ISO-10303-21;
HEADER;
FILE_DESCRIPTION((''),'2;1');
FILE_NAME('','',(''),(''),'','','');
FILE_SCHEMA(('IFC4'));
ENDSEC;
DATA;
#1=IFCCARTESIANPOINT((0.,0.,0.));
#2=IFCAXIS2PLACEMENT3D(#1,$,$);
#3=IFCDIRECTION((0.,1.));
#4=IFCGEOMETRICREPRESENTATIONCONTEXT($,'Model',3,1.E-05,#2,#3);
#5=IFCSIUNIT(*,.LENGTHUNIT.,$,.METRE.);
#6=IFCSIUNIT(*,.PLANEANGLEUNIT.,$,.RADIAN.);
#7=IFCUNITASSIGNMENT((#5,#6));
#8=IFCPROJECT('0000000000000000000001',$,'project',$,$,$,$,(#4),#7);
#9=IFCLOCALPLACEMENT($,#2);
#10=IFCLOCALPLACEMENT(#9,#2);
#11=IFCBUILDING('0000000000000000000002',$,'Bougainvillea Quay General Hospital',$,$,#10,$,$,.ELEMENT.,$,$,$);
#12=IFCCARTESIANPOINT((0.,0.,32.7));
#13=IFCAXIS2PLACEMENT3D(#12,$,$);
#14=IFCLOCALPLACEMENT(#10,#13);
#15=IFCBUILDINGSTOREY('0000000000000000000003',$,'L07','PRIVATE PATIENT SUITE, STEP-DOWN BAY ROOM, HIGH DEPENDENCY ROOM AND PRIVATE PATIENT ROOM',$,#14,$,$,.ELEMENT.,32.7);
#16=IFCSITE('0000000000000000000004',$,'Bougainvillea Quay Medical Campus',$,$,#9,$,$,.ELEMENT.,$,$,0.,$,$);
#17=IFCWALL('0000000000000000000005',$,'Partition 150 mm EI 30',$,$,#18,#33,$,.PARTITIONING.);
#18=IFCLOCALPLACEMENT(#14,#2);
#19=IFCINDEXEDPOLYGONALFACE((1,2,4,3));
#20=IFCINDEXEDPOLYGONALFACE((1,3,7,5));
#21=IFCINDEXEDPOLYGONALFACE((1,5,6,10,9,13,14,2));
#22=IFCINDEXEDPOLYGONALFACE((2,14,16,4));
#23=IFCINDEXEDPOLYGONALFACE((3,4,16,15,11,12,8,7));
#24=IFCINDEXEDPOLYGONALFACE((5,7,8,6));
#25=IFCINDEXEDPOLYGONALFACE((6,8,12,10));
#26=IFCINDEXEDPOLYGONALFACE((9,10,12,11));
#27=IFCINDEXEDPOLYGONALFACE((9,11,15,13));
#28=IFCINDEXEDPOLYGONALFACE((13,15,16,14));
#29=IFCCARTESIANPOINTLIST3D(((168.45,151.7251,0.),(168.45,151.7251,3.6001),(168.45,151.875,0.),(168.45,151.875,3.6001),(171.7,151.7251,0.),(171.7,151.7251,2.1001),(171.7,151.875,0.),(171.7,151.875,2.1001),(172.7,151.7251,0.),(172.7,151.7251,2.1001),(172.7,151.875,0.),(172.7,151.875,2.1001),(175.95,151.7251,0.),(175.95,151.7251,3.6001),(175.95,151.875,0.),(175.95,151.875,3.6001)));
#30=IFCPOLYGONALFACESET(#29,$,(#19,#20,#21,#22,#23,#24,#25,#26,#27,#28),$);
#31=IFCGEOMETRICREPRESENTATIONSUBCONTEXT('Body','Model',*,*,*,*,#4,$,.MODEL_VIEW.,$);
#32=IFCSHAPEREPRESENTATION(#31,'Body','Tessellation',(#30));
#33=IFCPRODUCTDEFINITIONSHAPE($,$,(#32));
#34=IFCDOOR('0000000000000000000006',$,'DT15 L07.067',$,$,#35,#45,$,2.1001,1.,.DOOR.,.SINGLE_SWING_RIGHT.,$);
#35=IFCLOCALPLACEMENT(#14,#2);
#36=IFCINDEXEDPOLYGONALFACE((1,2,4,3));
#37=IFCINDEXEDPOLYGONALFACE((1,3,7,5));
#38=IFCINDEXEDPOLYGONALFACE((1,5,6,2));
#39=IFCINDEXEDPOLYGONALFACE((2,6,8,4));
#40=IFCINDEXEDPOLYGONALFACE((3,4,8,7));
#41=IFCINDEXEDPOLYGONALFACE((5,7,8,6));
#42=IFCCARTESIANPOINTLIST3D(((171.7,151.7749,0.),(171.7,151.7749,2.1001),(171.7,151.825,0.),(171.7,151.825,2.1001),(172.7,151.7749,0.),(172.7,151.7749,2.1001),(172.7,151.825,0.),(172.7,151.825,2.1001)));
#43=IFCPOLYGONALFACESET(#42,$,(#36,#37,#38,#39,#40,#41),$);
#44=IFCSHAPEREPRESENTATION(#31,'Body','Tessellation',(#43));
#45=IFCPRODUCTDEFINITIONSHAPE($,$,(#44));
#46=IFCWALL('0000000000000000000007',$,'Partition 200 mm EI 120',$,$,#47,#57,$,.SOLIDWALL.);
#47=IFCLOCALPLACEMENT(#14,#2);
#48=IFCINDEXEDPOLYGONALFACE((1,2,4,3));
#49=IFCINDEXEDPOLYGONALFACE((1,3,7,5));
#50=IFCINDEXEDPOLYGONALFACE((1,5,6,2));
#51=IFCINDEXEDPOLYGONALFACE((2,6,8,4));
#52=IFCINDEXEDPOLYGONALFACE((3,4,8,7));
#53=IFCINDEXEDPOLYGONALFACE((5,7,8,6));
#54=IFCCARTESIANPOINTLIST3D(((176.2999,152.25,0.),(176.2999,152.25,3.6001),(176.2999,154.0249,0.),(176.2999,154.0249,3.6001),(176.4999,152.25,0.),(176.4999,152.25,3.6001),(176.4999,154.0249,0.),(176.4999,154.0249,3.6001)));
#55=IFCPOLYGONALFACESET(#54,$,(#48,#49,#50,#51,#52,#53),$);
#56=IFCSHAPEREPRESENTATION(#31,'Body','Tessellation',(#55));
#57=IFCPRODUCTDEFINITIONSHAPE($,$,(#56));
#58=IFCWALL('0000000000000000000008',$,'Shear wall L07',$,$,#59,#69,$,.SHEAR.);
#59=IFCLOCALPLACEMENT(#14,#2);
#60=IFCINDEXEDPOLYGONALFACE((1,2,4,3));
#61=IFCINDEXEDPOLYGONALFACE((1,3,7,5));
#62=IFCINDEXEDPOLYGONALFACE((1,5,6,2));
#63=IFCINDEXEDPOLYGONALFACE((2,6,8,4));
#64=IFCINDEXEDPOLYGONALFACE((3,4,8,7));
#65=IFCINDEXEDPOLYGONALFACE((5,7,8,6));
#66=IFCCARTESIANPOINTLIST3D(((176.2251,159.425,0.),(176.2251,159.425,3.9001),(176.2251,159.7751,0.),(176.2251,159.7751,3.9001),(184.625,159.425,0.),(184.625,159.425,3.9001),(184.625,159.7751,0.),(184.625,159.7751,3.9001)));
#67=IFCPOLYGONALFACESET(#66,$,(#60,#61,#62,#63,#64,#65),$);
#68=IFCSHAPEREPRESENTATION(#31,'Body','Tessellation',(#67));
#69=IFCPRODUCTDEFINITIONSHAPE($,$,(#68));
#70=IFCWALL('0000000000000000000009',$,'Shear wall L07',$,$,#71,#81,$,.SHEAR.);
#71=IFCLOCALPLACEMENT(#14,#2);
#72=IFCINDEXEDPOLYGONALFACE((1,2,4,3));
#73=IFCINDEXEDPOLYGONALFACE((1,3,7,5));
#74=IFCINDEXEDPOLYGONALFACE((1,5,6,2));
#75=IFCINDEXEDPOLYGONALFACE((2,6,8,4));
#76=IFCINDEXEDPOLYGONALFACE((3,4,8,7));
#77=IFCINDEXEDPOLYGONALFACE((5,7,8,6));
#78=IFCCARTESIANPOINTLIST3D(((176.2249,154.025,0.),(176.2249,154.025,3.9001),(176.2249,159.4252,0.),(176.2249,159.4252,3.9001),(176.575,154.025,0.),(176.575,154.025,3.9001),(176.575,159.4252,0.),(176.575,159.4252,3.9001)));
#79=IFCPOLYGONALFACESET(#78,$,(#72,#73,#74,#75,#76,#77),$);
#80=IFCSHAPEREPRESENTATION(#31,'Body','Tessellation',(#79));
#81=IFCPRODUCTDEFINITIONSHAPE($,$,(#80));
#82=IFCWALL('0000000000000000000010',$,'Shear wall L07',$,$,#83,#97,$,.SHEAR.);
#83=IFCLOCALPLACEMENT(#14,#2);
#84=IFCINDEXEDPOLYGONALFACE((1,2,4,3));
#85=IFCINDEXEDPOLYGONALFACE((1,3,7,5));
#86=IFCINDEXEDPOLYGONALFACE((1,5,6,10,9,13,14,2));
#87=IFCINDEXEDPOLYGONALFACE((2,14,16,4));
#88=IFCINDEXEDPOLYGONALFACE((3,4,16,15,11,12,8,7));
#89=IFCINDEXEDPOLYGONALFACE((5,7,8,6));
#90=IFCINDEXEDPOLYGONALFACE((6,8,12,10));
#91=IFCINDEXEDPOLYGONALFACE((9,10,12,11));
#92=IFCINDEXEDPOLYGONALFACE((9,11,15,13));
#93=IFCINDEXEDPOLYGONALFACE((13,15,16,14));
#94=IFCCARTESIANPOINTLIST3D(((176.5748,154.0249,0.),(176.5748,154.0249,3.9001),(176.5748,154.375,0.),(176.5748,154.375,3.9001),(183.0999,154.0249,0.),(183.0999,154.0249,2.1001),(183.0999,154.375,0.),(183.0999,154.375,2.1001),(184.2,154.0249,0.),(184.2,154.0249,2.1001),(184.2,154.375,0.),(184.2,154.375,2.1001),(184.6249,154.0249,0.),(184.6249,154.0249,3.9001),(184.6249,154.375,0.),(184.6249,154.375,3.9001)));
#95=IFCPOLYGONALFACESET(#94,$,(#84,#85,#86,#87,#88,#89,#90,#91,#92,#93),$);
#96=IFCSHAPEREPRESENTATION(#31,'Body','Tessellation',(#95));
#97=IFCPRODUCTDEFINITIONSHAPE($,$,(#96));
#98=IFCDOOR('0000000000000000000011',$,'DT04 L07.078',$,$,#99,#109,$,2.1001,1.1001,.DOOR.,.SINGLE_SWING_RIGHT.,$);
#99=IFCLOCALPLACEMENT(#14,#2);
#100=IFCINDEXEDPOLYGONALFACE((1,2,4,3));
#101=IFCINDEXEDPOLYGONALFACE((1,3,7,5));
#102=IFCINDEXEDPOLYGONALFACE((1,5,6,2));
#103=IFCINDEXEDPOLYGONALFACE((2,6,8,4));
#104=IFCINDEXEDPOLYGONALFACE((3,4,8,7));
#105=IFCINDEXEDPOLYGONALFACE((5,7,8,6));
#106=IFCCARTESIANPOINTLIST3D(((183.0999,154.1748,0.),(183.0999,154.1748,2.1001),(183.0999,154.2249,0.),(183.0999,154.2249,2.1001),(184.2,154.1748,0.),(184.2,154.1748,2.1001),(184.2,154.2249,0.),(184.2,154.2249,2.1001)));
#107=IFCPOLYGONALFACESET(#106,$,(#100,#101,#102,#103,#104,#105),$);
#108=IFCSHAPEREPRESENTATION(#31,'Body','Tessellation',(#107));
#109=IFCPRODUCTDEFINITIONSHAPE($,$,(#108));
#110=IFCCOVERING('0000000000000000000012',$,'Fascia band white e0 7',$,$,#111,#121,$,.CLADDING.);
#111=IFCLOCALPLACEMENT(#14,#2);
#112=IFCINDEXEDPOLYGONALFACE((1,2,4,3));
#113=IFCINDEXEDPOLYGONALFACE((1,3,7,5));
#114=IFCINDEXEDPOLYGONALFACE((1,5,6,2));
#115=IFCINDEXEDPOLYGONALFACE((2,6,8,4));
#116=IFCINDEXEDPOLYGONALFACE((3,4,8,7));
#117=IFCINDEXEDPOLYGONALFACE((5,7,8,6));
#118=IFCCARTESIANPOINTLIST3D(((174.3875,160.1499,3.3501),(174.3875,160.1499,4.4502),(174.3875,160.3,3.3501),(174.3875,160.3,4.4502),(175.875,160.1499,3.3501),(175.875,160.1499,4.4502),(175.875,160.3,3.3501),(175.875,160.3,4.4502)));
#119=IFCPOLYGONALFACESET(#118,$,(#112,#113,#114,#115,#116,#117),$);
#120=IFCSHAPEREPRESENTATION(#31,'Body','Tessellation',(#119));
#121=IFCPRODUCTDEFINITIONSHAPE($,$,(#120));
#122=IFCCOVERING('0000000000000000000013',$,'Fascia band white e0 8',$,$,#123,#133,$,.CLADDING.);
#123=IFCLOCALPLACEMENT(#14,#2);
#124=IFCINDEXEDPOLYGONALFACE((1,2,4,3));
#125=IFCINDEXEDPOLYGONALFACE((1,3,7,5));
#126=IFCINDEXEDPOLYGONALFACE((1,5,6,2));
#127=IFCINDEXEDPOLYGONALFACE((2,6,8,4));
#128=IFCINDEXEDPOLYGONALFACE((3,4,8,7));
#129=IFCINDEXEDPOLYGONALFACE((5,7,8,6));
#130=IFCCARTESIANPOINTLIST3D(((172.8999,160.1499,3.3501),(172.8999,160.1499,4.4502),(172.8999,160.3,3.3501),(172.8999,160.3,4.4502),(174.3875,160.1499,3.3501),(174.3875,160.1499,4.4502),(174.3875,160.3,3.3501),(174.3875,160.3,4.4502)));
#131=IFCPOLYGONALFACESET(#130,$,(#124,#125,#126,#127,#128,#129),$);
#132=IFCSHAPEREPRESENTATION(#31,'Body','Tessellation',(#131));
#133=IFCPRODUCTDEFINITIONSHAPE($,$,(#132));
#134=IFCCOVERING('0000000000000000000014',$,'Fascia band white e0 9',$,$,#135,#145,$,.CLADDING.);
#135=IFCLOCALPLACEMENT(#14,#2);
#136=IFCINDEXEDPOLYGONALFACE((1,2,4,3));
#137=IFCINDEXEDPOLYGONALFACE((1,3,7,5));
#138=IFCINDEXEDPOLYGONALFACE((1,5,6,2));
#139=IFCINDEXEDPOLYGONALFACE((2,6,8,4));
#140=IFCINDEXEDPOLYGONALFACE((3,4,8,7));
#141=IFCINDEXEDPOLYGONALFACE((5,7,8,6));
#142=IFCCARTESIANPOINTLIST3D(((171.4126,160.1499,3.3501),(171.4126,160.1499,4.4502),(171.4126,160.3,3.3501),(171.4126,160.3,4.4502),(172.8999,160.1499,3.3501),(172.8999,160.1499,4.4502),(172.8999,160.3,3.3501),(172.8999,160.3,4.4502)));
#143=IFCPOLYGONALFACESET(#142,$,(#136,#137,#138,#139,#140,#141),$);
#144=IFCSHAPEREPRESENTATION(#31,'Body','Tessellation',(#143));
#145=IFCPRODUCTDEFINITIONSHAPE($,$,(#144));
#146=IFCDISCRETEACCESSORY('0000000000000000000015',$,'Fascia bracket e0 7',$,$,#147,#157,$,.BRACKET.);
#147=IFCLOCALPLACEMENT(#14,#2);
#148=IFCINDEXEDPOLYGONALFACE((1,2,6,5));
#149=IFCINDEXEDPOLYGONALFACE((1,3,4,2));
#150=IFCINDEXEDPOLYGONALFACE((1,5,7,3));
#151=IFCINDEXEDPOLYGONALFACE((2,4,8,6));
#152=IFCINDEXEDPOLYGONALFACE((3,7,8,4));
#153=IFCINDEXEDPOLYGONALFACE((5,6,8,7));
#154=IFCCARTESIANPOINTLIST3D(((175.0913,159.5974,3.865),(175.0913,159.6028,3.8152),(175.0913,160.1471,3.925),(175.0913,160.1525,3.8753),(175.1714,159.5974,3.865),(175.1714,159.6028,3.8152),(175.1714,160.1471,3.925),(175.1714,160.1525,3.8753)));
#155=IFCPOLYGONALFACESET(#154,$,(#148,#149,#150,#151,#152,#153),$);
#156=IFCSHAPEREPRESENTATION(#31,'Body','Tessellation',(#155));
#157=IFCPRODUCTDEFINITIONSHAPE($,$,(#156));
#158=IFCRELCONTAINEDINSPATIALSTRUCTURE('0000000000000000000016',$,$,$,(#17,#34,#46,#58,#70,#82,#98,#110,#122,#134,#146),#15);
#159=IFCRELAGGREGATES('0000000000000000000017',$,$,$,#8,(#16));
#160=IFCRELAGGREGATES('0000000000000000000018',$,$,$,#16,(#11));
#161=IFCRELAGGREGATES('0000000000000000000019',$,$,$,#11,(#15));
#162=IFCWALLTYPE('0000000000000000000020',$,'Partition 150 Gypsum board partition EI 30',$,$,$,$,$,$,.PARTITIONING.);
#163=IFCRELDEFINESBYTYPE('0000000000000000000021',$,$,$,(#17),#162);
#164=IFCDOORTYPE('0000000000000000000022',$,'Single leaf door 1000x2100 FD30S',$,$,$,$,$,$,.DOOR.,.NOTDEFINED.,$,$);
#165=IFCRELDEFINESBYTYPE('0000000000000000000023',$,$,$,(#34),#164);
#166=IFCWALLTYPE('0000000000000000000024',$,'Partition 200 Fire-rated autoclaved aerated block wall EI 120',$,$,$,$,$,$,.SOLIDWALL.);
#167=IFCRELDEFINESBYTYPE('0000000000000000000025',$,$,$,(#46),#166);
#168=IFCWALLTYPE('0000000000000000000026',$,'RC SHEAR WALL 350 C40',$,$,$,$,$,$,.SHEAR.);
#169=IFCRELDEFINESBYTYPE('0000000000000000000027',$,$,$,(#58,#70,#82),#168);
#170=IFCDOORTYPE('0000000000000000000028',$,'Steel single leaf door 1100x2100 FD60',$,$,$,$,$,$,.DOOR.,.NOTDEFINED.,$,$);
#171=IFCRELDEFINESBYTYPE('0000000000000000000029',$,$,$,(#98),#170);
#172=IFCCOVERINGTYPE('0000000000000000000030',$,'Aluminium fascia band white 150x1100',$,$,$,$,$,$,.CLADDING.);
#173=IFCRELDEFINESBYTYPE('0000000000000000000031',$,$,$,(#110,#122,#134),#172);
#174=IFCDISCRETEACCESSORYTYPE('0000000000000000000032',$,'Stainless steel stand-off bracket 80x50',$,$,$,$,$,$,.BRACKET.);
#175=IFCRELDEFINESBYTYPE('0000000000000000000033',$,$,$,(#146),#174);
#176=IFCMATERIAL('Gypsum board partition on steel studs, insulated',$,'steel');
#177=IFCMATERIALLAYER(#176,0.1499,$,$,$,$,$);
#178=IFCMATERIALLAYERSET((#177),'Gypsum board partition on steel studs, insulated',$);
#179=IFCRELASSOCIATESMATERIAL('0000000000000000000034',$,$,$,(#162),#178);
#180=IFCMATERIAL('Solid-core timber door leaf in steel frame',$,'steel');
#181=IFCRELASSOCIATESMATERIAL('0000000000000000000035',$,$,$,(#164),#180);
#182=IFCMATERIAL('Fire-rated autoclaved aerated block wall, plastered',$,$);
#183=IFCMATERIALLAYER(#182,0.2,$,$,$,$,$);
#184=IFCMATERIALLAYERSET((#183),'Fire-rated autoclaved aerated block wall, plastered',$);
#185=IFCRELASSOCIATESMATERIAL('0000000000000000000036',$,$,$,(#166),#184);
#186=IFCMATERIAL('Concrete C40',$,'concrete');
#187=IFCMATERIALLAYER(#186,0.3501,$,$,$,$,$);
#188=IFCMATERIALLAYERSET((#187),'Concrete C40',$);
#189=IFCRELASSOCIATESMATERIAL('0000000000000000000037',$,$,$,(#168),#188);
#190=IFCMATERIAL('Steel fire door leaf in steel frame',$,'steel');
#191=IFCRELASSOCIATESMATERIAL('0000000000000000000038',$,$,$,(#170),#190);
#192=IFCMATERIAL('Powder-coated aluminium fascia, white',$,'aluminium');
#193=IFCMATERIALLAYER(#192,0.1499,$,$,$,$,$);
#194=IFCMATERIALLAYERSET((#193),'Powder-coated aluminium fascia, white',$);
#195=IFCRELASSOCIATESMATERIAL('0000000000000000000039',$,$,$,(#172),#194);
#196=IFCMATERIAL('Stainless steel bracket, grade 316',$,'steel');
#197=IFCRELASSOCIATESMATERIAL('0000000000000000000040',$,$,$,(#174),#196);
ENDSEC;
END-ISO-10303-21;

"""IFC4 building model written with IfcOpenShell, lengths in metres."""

from ifc_helpers import new_model, si_unit, direction, frame, frame_2d, origin, origin_2d, place, context, subcontext, project, spatial, polyline, rectangle, outline, extrude, material, layer, layer_set, material_profile, profile_set, type_object, element, fill, save


model = new_model("IFC4")

# Units and contexts
model_context = context("Model", 3, precision=1e-05, world=origin(), true_north=direction((0.0, 1.0)))
body_context = subcontext(model_context, "Body", "Model", "MODEL_VIEW")
ifc_project = project(units=[si_unit("LENGTHUNIT", "METRE"), si_unit("PLANEANGLEUNIT", "RADIAN")], contexts=[model_context])

# Site, building, storey
site_placement = place(None, origin())
site = spatial("IfcSite", under=ifc_project, at=site_placement, Name="Bougainvillea Quay Medical Campus", CompositionType="ELEMENT", RefElevation=0.0)
building_placement = place(site_placement, origin())
building = spatial("IfcBuilding", under=site, at=building_placement, Name="Bougainvillea Quay General Hospital", CompositionType="ELEMENT")
storey_placement = place(building_placement, frame((0.0, 0.0, 32.7)))
storey = spatial("IfcBuildingStorey", under=building, at=storey_placement, Name="L07", Description="PRIVATE PATIENT SUITE, STEP-DOWN BAY ROOM, HIGH DEPENDENCY ROOM AND PRIVATE PATIENT ROOM", CompositionType="ELEMENT", Elevation=32.7)

# Shared definitions
ifc_material_1 = material(Name="Concrete C40", Category="concrete")

# Wall, opening, door
ifc_material_2 = material(Name="Gypsum board partition on steel studs, insulated", Category="steel")
ifc_layer_1 = layer(ifc_material_2, 0.1499)
ifc_layer_set_1 = layer_set([ifc_layer_1], Name="Gypsum board partition on steel studs, insulated")
wall_type_1 = type_object("IfcWallType", Name="Partition 150 Gypsum board partition EI 30", PredefinedType="PARTITIONING", material=ifc_layer_set_1)
wall_1_placement = place(storey_placement, frame((175.95, 151.8, 0.0), z_axis=(0.0, 0.0, 1.0), x_axis=(-1.0, 0.0, 0.0)))
wall_1 = element("IfcWall", 1, at=wall_1_placement, inside=storey, type_object=wall_type_1, Name="Partition 150 mm EI 30", PredefinedType="PARTITIONING", context=body_context, shape_type="SweptSolid", body=[
    extrude(rectangle(XDim=7.5, YDim=0.1499, at=frame_2d((3.75, 0.0))), origin(), (0.0, 0.0, 1.0), 3.6001),
])
opening_1_placement = place(wall_1_placement, frame((3.25, 0.0, 0.0)))
opening_1 = element("IfcOpeningElement", 2, at=opening_1_placement, cuts=wall_1, PredefinedType="OPENING", context=body_context, shape_type="SweptSolid", body=[
    extrude(rectangle(XDim=1.0, YDim=2.1001, at=frame_2d((0.5, 1.05))), frame((0.0, 0.085, 0.0), z_axis=(0.0, -1.0, 0.0), x_axis=(1.0, 0.0, 0.0)), (0.0, 0.0, 1.0), 0.1699),
])
ifc_material_3 = material(Name="Solid-core timber door leaf in steel frame", Category="steel")
door_type_1 = type_object("IfcDoorType", Name="Single leaf door 1000x2100 FD30S", OperationType="NOTDEFINED", PredefinedType="DOOR", material=ifc_material_3)
door_1_placement = place(opening_1_placement, frame((1.0, 0.0, 0.0), z_axis=(0.0, 0.0, 1.0), x_axis=(-1.0, 0.0, 0.0)))
door_1 = element("IfcDoor", 3, at=door_1_placement, inside=storey, type_object=door_type_1, Name="DT15 L07.067", OperationType="SINGLE_SWING_RIGHT", OverallHeight=2.1001, OverallWidth=1.0, PredefinedType="DOOR", context=body_context, shape_type="SweptSolid", body=[
    extrude(rectangle(XDim=1.0, YDim=2.1001, at=frame_2d((0.5, 1.05))), frame((0.0, 0.0249, 0.0), z_axis=(0.0, -1.0, 0.0), x_axis=(1.0, 0.0, 0.0)), (0.0, 0.0, 1.0), 0.05),
])
fill(opening_1, door_1)

# Walls
ifc_material_4 = material(Name="Fire-rated autoclaved aerated block wall, plastered")
ifc_layer_2 = layer(ifc_material_4, 0.2)
ifc_layer_set_2 = layer_set([ifc_layer_2], Name="Fire-rated autoclaved aerated block wall, plastered")
wall_type_2 = type_object("IfcWallType", Name="Partition 200 Fire-rated autoclaved aerated block wall EI 120", PredefinedType="SOLIDWALL", material=ifc_layer_set_2)
wall_2_placement = place(storey_placement, frame((176.3999, 152.25, 0.0), z_axis=(0.0, 0.0, 1.0), x_axis=(0.0, 1.0, 0.0)))
element("IfcWall", 4, at=wall_2_placement, inside=storey, type_object=wall_type_2, Name="Partition 200 mm EI 120", PredefinedType="SOLIDWALL", context=body_context, shape_type="SweptSolid", body=[
    extrude(rectangle(XDim=1.7749, YDim=0.2, at=frame_2d((0.8875, 0.0))), origin(), (0.0, 0.0, 1.0), 3.6001),
])
ifc_layer_3 = layer(ifc_material_1, 0.3501)
ifc_layer_set_3 = layer_set([ifc_layer_3], Name="Concrete C40")
wall_type_3 = type_object("IfcWallType", Name="RC SHEAR WALL 350 C40", PredefinedType="SHEAR", material=ifc_layer_set_3)
wall_3_placement = place(storey_placement, frame((176.2251, 159.6001, 0.0), z_axis=(0.0, 0.0, 1.0), x_axis=(1.0, 0.0, 0.0)))
element("IfcWall", 5, at=wall_3_placement, inside=storey, type_object=wall_type_3, Name="Shear wall L07", PredefinedType="SHEAR", context=body_context, shape_type="SweptSolid", body=[
    extrude(rectangle(XDim=8.3999, YDim=0.3501, at=frame_2d((4.2, 0.0))), origin(), (0.0, 0.0, 1.0), 3.9001),
])
wall_4_placement = place(storey_placement, frame((176.3999, 154.0249, 0.0), z_axis=(0.0, 0.0, 1.0), x_axis=(0.0, 1.0, 0.0)))
element("IfcWall", 6, at=wall_4_placement, inside=storey, type_object=wall_type_3, Name="Shear wall L07", PredefinedType="SHEAR", context=body_context, shape_type="SweptSolid", body=[
    extrude(rectangle(XDim=5.4001, YDim=0.3501, at=frame_2d((2.7002, 0.0))), origin(), (0.0, 0.0, 1.0), 3.9001),
])

# Wall, opening, door
wall_5_placement = place(storey_placement, frame((176.575, 154.2, 0.0), z_axis=(0.0, 0.0, 1.0), x_axis=(1.0, 0.0, 0.0)))
wall_5 = element("IfcWall", 7, at=wall_5_placement, inside=storey, type_object=wall_type_3, Name="Shear wall L07", PredefinedType="SHEAR", context=body_context, shape_type="SweptSolid", body=[
    extrude(rectangle(XDim=8.05, YDim=0.3501, at=frame_2d((4.0249, 0.0))), origin(), (0.0, 0.0, 1.0), 3.9001),
])
opening_2_placement = place(wall_5_placement, frame((6.5249, 0.0, 0.0)))
opening_2 = element("IfcOpeningElement", 8, at=opening_2_placement, cuts=wall_5, PredefinedType="OPENING", context=body_context, shape_type="SweptSolid", body=[
    extrude(rectangle(XDim=1.1001, YDim=2.1001, at=frame_2d((0.55, 1.05))), frame((0.0, 0.1851, 0.0), z_axis=(0.0, -1.0, 0.0), x_axis=(1.0, 0.0, 0.0)), (0.0, 0.0, 1.0), 0.3701),
])
ifc_material_5 = material(Name="Steel fire door leaf in steel frame", Category="steel")
door_type_2 = type_object("IfcDoorType", Name="Steel single leaf door 1100x2100 FD60", OperationType="NOTDEFINED", PredefinedType="DOOR", material=ifc_material_5)
door_2_placement = place(opening_2_placement, origin())
door_2 = element("IfcDoor", 9, at=door_2_placement, inside=storey, type_object=door_type_2, Name="DT04 L07.078", OperationType="SINGLE_SWING_RIGHT", OverallHeight=2.1001, OverallWidth=1.1001, PredefinedType="DOOR", context=body_context, shape_type="SweptSolid", body=[
    extrude(rectangle(XDim=1.1001, YDim=2.1001, at=frame_2d((0.55, 1.05))), frame((0.0, 0.0249, 0.0), z_axis=(0.0, -1.0, 0.0), x_axis=(1.0, 0.0, 0.0)), (0.0, 0.0, 1.0), 0.05),
])
fill(opening_2, door_2)

# Coverings
ifc_material_6 = material(Name="Powder-coated aluminium fascia, white", Category="aluminium")
ifc_layer_4 = layer(ifc_material_6, 0.1499)
ifc_layer_set_4 = layer_set([ifc_layer_4], Name="Powder-coated aluminium fascia, white")
covering_type = type_object("IfcCoveringType", Name="Aluminium fascia band white 150x1100", PredefinedType="CLADDING", material=ifc_layer_set_4)
for number, where, z_axis, x_axis, name in (
    (10, (175.875, 160.1499, 3.3501), (0.0, 0.0, 1.0), (-1.0, 0.0, 0.0), "Fascia band white e0 7"),
    (11, (174.3875, 160.1499, 3.3501), (0.0, 0.0, 1.0), (-1.0, 0.0, 0.0), "Fascia band white e0 8"),
):
    element("IfcCovering", number, at=place(storey_placement, frame(where, z_axis=z_axis, x_axis=x_axis)), inside=storey, type_object=covering_type, Name=name, PredefinedType="CLADDING", context=body_context, shape_type="SweptSolid", body=[
        extrude(outline(polyline([(0.0, 0.0), (1.4875, 0.0), (1.4875, -0.1501), (0.0, -0.1501), (0.0, 0.0)])), origin(), (0.0, 0.0, 1.0), 1.1001),
    ])
covering_placement = place(storey_placement, frame((172.8999, 160.1499, 3.3501), z_axis=(0.0, 0.0, 1.0), x_axis=(-1.0, 0.0, 0.0)))
element("IfcCovering", 12, at=covering_placement, inside=storey, type_object=covering_type, Name="Fascia band white e0 9", PredefinedType="CLADDING", context=body_context, shape_type="SweptSolid", body=[
    extrude(outline(polyline([(0.0, 0.0), (1.4873, 0.0), (1.4873, -0.1501), (0.0, -0.1501), (0.0, 0.0)])), origin(), (0.0, 0.0, 1.0), 1.1001),
])

# Discrete accessory
ifc_material_7 = material(Name="Stainless steel bracket, grade 316", Category="steel")
ifc_material_profile_1 = material_profile(ifc_material_7, rectangle(XDim=0.0801, YDim=0.05, at=origin_2d()))
ifc_profile_set_1 = profile_set([ifc_material_profile_1], Name="Stainless steel bracket, grade 316")
discrete_accessory_type = type_object("IfcDiscreteAccessoryType", Name="Stainless steel stand-off bracket 80x50", PredefinedType="BRACKET", material=ifc_profile_set_1)
discrete_accessory_placement = place(storey_placement, frame((175.1313, 159.6001, 3.8401), z_axis=(0.0, 0.994087, 0.10859), x_axis=(-1.0, 0.0, 0.0)))
element("IfcDiscreteAccessory", 13, at=discrete_accessory_placement, inside=storey, type_object=discrete_accessory_type, Name="Fascia bracket e0 7", PredefinedType="BRACKET", context=body_context, shape_type="SweptSolid", body=[
    extrude(rectangle(XDim=0.0801, YDim=0.05, at=origin_2d()), origin(), (0.0, 0.0, 1.0), 0.553),
])

save(model, "model.ifc")
